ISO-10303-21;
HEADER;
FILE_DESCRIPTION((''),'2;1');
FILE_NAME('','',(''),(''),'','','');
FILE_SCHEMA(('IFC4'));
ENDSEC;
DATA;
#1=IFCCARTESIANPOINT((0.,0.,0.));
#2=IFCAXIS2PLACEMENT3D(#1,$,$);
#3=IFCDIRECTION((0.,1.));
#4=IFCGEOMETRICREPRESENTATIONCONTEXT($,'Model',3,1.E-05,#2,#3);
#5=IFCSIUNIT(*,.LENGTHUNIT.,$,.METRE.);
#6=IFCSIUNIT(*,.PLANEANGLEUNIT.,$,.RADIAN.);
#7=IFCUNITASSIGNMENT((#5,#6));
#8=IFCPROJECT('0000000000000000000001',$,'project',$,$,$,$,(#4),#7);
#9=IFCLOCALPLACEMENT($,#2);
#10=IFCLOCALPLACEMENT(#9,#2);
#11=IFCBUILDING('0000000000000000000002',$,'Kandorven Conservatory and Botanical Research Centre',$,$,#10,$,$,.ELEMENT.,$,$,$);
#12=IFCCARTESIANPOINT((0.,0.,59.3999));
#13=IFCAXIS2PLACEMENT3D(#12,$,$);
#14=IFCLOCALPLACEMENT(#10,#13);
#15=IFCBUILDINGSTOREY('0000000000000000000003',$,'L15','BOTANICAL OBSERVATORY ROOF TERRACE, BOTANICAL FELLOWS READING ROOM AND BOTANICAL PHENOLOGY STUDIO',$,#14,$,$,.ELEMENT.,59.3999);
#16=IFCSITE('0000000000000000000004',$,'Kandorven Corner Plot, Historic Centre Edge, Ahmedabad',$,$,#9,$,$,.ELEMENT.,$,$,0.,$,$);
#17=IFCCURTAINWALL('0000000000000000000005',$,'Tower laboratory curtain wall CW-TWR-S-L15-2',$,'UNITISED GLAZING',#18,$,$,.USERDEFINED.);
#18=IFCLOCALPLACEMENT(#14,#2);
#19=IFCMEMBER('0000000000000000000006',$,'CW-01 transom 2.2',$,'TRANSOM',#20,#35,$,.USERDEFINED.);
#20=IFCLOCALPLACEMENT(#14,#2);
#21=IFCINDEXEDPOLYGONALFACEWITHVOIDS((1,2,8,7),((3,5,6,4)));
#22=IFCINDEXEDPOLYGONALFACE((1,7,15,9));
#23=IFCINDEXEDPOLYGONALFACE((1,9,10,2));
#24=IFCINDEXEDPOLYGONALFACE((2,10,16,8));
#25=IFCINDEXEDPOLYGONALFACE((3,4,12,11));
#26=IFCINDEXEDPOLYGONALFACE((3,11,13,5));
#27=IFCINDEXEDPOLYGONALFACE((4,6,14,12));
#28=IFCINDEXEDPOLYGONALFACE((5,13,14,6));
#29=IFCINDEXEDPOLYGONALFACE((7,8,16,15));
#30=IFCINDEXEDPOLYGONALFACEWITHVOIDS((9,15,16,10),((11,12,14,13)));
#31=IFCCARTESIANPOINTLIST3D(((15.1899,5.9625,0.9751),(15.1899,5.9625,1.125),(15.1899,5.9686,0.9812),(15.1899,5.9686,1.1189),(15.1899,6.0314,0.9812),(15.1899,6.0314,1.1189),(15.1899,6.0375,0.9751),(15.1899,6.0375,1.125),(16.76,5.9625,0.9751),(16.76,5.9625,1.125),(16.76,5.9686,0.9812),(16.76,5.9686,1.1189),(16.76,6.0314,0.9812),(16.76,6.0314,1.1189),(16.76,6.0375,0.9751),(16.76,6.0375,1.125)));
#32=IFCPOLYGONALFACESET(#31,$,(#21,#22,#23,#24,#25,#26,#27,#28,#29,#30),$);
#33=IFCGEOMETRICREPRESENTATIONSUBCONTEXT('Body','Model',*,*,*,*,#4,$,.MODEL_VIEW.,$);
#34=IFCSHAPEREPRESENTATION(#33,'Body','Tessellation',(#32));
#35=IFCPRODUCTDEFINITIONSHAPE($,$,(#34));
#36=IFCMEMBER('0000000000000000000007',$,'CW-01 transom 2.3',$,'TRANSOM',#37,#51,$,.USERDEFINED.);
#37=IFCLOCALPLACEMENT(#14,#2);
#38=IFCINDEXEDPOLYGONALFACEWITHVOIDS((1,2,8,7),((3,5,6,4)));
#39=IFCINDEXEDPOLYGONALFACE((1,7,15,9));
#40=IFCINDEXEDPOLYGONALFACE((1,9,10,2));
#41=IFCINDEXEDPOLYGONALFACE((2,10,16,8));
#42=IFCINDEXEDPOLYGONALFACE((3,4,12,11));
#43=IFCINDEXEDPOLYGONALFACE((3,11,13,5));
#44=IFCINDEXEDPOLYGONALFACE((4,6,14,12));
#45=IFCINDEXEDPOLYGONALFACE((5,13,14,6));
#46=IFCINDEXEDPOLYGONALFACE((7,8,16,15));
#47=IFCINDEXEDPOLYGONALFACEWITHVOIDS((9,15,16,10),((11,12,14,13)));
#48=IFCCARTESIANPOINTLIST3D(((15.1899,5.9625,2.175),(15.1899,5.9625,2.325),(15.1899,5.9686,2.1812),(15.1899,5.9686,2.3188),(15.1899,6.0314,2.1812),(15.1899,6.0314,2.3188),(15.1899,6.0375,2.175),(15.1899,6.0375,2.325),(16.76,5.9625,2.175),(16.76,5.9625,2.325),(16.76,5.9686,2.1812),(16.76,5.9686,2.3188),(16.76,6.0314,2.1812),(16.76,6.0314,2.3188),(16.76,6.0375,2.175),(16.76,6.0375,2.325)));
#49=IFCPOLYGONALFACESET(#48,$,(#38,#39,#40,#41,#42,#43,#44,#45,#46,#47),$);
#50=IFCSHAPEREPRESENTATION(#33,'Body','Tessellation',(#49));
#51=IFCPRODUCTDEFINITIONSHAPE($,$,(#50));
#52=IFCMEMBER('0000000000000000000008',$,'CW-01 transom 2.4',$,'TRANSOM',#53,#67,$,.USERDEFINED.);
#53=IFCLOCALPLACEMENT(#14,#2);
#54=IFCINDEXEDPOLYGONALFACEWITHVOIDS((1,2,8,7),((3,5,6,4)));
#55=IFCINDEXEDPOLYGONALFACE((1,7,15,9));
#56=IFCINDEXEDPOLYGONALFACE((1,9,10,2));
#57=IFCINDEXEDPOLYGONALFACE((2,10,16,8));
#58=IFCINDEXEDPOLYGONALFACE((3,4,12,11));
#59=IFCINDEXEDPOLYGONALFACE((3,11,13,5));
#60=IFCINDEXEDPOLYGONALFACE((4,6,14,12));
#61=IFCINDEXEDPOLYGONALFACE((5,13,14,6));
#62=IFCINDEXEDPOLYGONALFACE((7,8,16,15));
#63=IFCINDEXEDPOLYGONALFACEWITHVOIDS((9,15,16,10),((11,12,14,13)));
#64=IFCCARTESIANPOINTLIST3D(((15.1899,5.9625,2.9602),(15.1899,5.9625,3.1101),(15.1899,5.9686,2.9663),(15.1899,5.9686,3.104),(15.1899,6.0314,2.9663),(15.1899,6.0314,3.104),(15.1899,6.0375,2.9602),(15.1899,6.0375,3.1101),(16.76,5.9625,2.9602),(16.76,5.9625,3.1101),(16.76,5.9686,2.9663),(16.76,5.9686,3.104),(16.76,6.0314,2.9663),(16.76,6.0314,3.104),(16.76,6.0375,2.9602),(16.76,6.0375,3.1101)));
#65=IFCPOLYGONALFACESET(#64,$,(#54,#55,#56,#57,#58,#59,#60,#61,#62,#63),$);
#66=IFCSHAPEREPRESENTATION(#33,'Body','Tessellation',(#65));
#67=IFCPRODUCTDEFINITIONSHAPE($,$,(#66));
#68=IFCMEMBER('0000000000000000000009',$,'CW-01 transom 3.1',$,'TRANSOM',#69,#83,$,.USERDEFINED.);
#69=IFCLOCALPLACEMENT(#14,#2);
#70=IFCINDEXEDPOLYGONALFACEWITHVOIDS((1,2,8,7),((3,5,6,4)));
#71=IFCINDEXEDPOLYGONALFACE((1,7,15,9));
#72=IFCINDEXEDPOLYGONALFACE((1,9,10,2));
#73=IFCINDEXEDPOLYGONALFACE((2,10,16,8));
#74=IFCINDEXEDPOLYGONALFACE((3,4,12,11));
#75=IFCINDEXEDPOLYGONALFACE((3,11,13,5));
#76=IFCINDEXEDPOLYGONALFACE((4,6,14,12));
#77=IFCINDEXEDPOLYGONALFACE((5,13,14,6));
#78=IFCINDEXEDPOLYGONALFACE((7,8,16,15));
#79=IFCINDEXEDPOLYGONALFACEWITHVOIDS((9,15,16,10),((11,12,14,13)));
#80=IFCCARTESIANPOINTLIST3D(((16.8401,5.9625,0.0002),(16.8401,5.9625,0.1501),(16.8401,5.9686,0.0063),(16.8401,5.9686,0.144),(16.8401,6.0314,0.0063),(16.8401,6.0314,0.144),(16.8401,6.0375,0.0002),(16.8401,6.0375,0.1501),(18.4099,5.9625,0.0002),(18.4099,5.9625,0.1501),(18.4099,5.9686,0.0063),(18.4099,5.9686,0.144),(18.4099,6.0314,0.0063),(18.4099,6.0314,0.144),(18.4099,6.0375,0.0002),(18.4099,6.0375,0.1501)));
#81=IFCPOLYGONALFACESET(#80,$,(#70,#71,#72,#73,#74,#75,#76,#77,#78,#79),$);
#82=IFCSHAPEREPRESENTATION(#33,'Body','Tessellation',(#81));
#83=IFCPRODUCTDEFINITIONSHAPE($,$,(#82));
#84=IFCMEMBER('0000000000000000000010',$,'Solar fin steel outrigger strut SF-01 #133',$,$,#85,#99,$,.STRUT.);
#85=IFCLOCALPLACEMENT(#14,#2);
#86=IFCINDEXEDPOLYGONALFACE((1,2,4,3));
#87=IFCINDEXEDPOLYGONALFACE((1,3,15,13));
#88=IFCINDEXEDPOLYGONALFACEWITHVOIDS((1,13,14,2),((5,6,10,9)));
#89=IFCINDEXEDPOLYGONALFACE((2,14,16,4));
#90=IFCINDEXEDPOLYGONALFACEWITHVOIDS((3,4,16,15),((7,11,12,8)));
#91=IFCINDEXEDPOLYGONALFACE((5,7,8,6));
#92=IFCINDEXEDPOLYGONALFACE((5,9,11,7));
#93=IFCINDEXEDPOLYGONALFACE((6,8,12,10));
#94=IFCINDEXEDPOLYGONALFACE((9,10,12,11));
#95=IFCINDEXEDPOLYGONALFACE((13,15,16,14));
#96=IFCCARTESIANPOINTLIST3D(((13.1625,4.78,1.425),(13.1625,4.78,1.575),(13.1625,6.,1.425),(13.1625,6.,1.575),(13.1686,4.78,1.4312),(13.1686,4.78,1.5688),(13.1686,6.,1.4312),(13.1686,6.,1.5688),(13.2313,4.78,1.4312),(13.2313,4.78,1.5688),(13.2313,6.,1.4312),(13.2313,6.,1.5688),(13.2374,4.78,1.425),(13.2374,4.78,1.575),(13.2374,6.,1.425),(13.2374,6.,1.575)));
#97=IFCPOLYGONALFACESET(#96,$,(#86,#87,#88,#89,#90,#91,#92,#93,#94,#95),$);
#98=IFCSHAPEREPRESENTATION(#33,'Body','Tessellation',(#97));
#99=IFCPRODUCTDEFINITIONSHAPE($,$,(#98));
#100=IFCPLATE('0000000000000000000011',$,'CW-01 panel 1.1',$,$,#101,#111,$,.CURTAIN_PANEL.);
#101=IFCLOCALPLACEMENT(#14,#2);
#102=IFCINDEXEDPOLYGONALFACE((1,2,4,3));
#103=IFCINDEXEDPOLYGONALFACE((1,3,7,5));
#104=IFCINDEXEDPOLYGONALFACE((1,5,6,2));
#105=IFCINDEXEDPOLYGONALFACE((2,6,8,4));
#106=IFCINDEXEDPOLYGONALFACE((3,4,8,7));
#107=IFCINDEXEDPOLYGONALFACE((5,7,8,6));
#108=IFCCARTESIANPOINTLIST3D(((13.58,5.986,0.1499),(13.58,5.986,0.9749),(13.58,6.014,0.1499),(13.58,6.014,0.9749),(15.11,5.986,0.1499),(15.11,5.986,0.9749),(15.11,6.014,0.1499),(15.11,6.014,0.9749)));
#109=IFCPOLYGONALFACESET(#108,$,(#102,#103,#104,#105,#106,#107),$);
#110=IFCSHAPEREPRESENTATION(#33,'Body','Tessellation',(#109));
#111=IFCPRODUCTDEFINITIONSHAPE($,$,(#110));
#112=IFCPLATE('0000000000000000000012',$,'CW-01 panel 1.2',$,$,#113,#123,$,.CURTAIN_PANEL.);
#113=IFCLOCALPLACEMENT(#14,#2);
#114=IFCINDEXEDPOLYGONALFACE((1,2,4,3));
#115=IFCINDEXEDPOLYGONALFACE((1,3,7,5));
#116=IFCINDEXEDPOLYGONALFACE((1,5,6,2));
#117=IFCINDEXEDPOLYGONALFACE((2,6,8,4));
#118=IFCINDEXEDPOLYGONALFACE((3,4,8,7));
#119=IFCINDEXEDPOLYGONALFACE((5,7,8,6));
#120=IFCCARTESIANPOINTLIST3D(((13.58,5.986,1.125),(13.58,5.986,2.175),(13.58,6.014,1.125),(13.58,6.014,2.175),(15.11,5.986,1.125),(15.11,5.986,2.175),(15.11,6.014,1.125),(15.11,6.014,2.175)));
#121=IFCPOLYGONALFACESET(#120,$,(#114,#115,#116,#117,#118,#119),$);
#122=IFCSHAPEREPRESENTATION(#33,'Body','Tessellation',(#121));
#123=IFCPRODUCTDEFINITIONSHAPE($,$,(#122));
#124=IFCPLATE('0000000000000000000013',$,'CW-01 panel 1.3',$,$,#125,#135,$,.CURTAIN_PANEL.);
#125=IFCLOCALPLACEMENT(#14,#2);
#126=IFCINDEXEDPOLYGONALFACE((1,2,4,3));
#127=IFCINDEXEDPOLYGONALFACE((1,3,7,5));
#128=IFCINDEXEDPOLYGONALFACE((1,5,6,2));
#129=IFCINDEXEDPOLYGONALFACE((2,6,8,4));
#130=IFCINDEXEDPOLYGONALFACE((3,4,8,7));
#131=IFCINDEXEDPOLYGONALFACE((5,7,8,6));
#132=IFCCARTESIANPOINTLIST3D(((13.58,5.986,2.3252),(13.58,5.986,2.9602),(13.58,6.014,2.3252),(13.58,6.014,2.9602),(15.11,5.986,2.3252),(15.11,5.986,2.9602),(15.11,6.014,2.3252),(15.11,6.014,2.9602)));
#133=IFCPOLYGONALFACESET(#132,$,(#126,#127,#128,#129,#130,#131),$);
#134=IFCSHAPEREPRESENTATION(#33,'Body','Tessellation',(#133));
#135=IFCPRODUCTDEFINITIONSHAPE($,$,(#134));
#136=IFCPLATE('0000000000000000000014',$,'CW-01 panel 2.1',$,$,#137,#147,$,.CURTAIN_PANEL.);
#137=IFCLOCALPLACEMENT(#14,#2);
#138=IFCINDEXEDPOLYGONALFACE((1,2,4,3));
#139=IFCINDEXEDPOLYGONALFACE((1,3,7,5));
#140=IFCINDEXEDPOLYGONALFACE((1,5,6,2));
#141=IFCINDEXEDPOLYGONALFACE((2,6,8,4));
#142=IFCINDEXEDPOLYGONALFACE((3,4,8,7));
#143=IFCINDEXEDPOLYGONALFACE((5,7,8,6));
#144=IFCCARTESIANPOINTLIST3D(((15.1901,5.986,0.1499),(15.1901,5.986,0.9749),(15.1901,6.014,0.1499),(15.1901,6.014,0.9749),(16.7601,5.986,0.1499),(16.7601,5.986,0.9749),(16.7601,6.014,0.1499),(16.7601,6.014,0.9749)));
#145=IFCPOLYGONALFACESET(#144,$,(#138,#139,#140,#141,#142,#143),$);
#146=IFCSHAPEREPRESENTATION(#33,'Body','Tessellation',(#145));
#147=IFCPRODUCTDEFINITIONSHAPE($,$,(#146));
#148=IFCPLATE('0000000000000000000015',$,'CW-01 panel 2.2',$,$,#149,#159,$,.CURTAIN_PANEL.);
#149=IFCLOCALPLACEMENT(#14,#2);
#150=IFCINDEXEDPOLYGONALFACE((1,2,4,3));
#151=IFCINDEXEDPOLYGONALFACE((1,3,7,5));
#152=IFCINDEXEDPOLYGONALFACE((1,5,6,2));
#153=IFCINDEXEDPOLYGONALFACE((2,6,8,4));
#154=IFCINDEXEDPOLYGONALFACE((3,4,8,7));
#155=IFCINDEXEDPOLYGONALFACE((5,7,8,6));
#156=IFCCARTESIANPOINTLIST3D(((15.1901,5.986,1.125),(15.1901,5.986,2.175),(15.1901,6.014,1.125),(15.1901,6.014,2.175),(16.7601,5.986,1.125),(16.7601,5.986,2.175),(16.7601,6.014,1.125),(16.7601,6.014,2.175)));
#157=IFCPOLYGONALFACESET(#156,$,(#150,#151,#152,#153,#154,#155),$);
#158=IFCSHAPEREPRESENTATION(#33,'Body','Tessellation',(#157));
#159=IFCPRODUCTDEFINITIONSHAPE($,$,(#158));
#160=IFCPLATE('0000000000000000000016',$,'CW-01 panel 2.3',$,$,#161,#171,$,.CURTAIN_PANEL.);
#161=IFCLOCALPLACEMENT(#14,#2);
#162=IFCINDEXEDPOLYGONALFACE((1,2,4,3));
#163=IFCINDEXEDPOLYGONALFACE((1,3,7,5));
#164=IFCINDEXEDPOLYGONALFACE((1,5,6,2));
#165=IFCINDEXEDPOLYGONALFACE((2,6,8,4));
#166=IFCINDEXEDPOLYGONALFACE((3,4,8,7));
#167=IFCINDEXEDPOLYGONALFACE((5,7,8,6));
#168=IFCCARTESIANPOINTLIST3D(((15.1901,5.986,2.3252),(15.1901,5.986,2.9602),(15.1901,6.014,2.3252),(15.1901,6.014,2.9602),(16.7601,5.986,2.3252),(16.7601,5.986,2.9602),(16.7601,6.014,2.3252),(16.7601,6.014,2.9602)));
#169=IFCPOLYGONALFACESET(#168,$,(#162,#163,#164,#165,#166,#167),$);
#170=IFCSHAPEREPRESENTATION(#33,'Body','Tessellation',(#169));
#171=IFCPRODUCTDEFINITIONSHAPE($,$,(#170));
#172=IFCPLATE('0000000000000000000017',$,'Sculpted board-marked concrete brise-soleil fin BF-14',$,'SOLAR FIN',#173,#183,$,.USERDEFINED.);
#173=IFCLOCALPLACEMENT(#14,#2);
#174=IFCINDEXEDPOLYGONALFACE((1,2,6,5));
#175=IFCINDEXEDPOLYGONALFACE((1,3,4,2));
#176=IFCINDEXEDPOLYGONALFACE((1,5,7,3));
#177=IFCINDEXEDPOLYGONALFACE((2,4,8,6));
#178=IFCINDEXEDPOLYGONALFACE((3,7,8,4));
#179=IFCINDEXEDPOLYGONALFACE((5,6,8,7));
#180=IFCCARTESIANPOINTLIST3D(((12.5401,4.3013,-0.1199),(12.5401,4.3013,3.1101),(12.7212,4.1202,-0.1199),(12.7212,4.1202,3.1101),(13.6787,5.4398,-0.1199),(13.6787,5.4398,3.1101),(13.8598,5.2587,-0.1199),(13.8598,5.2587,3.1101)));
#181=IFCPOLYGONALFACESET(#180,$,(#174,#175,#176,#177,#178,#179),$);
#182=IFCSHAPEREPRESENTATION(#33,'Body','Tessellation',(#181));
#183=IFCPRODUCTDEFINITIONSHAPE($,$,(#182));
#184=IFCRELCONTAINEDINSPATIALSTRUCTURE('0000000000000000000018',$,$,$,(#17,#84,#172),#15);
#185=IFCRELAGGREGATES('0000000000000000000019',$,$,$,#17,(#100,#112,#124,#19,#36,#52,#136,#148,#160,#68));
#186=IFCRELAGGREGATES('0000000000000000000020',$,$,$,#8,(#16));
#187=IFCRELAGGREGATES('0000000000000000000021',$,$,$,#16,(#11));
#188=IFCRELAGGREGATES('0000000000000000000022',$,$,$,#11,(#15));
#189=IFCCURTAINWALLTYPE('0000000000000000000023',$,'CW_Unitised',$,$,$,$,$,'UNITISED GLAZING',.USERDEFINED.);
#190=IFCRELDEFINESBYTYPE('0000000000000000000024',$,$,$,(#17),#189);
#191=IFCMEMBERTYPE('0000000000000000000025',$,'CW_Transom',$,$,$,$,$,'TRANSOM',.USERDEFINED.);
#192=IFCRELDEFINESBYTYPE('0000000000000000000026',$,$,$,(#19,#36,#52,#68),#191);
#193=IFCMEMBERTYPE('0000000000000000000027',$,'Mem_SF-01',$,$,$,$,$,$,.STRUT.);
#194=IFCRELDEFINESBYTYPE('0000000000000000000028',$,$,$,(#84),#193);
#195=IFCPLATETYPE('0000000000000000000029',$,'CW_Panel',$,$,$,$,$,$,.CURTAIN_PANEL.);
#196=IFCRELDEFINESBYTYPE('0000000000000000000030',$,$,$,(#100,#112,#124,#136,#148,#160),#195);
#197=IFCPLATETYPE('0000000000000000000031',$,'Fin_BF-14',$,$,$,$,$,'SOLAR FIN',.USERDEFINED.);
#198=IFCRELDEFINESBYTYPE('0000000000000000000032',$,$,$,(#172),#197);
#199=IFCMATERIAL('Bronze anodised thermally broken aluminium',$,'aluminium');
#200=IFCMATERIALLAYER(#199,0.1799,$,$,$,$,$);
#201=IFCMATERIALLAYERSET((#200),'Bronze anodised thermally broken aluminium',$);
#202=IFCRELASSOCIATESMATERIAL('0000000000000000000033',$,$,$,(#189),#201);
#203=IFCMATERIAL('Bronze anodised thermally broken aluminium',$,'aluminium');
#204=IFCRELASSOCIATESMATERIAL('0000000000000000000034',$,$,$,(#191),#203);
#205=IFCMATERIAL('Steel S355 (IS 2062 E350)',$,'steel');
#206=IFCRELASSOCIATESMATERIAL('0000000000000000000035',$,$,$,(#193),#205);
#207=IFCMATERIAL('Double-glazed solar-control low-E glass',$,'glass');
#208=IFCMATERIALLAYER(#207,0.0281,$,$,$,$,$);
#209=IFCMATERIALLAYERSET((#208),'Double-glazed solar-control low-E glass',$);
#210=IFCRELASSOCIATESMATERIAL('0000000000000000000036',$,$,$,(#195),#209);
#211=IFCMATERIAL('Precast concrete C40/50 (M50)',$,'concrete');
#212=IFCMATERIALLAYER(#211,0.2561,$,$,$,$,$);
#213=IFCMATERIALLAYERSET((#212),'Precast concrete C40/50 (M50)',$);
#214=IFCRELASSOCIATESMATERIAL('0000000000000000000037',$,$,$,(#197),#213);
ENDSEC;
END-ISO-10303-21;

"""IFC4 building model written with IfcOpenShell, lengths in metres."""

from ifc_helpers import new_model, si_unit, direction, frame, origin, origin_2d, place, context, subcontext, project, spatial, rectangle, hollow_rectangle, extrude, material, layer, layer_set, material_profile, profile_set, type_object, element, aggregate, save


model = new_model("IFC4")

# Units and contexts
model_context = context("Model", 3, precision=1e-05, world=origin(), true_north=direction((0.0, 1.0)))
body_context = subcontext(model_context, "Body", "Model", "MODEL_VIEW")
ifc_project = project(units=[si_unit("LENGTHUNIT", "METRE"), si_unit("PLANEANGLEUNIT", "RADIAN")], contexts=[model_context])

# Site, building, storey
site_placement = place(None, origin())
site = spatial("IfcSite", under=ifc_project, at=site_placement, Name="Kandorven Corner Plot, Historic Centre Edge, Ahmedabad", CompositionType="ELEMENT", RefElevation=0.0)
building_placement = place(site_placement, origin())
building = spatial("IfcBuilding", under=site, at=building_placement, Name="Kandorven Conservatory and Botanical Research Centre", CompositionType="ELEMENT")
storey_placement = place(building_placement, frame((0.0, 0.0, 59.3999)))
storey = spatial("IfcBuildingStorey", under=building, at=storey_placement, Name="L15", Description="BOTANICAL OBSERVATORY ROOF TERRACE, BOTANICAL FELLOWS READING ROOM AND BOTANICAL PHENOLOGY STUDIO", CompositionType="ELEMENT", Elevation=59.3999)

# Curtain wall, members
ifc_material_1 = material(Name="Bronze anodised thermally broken aluminium", Category="aluminium")
ifc_layer_1 = layer(ifc_material_1, 0.1799)
ifc_layer_set_1 = layer_set([ifc_layer_1], Name="Bronze anodised thermally broken aluminium")
curtain_wall_type = type_object("IfcCurtainWallType", Name="CW_Unitised", ElementType="UNITISED GLAZING", PredefinedType="USERDEFINED", material=ifc_layer_set_1)
curtain_wall_placement = place(storey_placement, origin())
curtain_wall = element("IfcCurtainWall", 1, at=curtain_wall_placement, inside=storey, type_object=curtain_wall_type, Name="Tower laboratory curtain wall CW-TWR-S-L15-2", ObjectType="UNITISED GLAZING", PredefinedType="USERDEFINED")
ifc_material_2 = material(Name="Bronze anodised thermally broken aluminium", Category="aluminium")
ifc_material_profile_1 = material_profile(ifc_material_2, hollow_rectangle(XDim=0.075, YDim=0.1499, WallThickness=0.0061, at=origin_2d()))
ifc_profile_set_1 = profile_set([ifc_material_profile_1], Name="Bronze anodised thermally broken aluminium")
member_type_1 = type_object("IfcMemberType", Name="CW_Transom", ElementType="TRANSOM", PredefinedType="USERDEFINED", material=ifc_profile_set_1)
member_1_placement = place(storey_placement, frame((15.1899, 6.0, 1.05), z_axis=(1.0, 0.0, 0.0), x_axis=(0.0, 1.0, 0.0)))
member_1 = element("IfcMember", 2, at=member_1_placement, type_object=member_type_1, Name="CW-01 transom 2.2", ObjectType="TRANSOM", PredefinedType="USERDEFINED", context=body_context, shape_type="SweptSolid", body=[
    extrude(hollow_rectangle(XDim=0.075, YDim=0.1499, WallThickness=0.0061, at=origin_2d()), origin(), (0.0, 0.0, 1.0), 1.5701),
])
member_2_placement = place(storey_placement, frame((15.1899, 6.0, 2.25), z_axis=(1.0, 0.0, 0.0), x_axis=(0.0, 1.0, 0.0)))
member_2 = element("IfcMember", 3, at=member_2_placement, type_object=member_type_1, Name="CW-01 transom 2.3", ObjectType="TRANSOM", PredefinedType="USERDEFINED", context=body_context, shape_type="SweptSolid", body=[
    extrude(hollow_rectangle(XDim=0.075, YDim=0.1499, WallThickness=0.0061, at=origin_2d()), origin(), (0.0, 0.0, 1.0), 1.5701),
])
member_3_placement = place(storey_placement, frame((15.1899, 6.0, 3.0352), z_axis=(1.0, 0.0, 0.0), x_axis=(0.0, 1.0, 0.0)))
member_3 = element("IfcMember", 4, at=member_3_placement, type_object=member_type_1, Name="CW-01 transom 2.4", ObjectType="TRANSOM", PredefinedType="USERDEFINED", context=body_context, shape_type="SweptSolid", body=[
    extrude(hollow_rectangle(XDim=0.075, YDim=0.1499, WallThickness=0.0061, at=origin_2d()), origin(), (0.0, 0.0, 1.0), 1.5701),
])
member_4_placement = place(storey_placement, frame((16.8401, 6.0, 0.0752), z_axis=(1.0, 0.0, 0.0), x_axis=(0.0, 1.0, 0.0)))
member_4 = element("IfcMember", 5, at=member_4_placement, type_object=member_type_1, Name="CW-01 transom 3.1", ObjectType="TRANSOM", PredefinedType="USERDEFINED", context=body_context, shape_type="SweptSolid", body=[
    extrude(hollow_rectangle(XDim=0.075, YDim=0.1499, WallThickness=0.0061, at=origin_2d()), origin(), (0.0, 0.0, 1.0), 1.5698),
])

# Member
ifc_material_3 = material(Name="Steel S355 (IS 2062 E350)", Category="steel")
ifc_material_profile_2 = material_profile(ifc_material_3, hollow_rectangle(XDim=0.075, YDim=0.1499, WallThickness=0.0061, at=origin_2d()))
ifc_profile_set_2 = profile_set([ifc_material_profile_2], Name="Steel S355 (IS 2062 E350)")
member_type_2 = type_object("IfcMemberType", Name="Mem_SF-01", PredefinedType="STRUT", material=ifc_profile_set_2)
member_5_placement = place(storey_placement, frame((13.2, 6.0, 1.5), z_axis=(0.0, -1.0, 0.0), x_axis=(1.0, 0.0, 0.0)))
element("IfcMember", 6, at=member_5_placement, inside=storey, type_object=member_type_2, Name="Solar fin steel outrigger strut SF-01 #133", PredefinedType="STRUT", context=body_context, shape_type="SweptSolid", body=[
    extrude(hollow_rectangle(XDim=0.075, YDim=0.1499, WallThickness=0.0061, at=origin_2d()), origin(), (0.0, 0.0, 1.0), 1.22),
])

# Plates
ifc_material_4 = material(Name="Double-glazed solar-control low-E glass", Category="glass")
ifc_layer_2 = layer(ifc_material_4, 0.0281)
ifc_layer_set_2 = layer_set([ifc_layer_2], Name="Double-glazed solar-control low-E glass")
plate_type_1 = type_object("IfcPlateType", Name="CW_Panel", PredefinedType="CURTAIN_PANEL", material=ifc_layer_set_2)
plate_1_placement = place(storey_placement, frame((14.345, 6.0, 0.1499), z_axis=(0.0, 0.0, 1.0), x_axis=(1.0, 0.0, 0.0)))
plate_1 = element("IfcPlate", 7, at=plate_1_placement, type_object=plate_type_1, Name="CW-01 panel 1.1", PredefinedType="CURTAIN_PANEL", context=body_context, shape_type="SweptSolid", body=[
    extrude(rectangle(XDim=1.53, YDim=0.0281, at=origin_2d()), origin(), (0.0, 0.0, 1.0), 0.825),
])
plate_2_placement = place(storey_placement, frame((14.345, 6.0, 1.125), z_axis=(0.0, 0.0, 1.0), x_axis=(1.0, 0.0, 0.0)))
plate_2 = element("IfcPlate", 8, at=plate_2_placement, type_object=plate_type_1, Name="CW-01 panel 1.2", PredefinedType="CURTAIN_PANEL", context=body_context, shape_type="SweptSolid", body=[
    extrude(rectangle(XDim=1.53, YDim=0.0281, at=origin_2d()), origin(), (0.0, 0.0, 1.0), 1.05),
])
plate_3_placement = place(storey_placement, frame((14.345, 6.0, 2.3252), z_axis=(0.0, 0.0, 1.0), x_axis=(1.0, 0.0, 0.0)))
plate_3 = element("IfcPlate", 9, at=plate_3_placement, type_object=plate_type_1, Name="CW-01 panel 1.3", PredefinedType="CURTAIN_PANEL", context=body_context, shape_type="SweptSolid", body=[
    extrude(rectangle(XDim=1.53, YDim=0.0281, at=origin_2d()), origin(), (0.0, 0.0, 1.0), 0.635),
])
plate_4_placement = place(storey_placement, frame((15.9751, 6.0, 0.1499), z_axis=(0.0, 0.0, 1.0), x_axis=(1.0, 0.0, 0.0)))
plate_4 = element("IfcPlate", 10, at=plate_4_placement, type_object=plate_type_1, Name="CW-01 panel 2.1", PredefinedType="CURTAIN_PANEL", context=body_context, shape_type="SweptSolid", body=[
    extrude(rectangle(XDim=1.5701, YDim=0.0281, at=origin_2d()), origin(), (0.0, 0.0, 1.0), 0.825),
])
plate_5_placement = place(storey_placement, frame((15.9751, 6.0, 1.125), z_axis=(0.0, 0.0, 1.0), x_axis=(1.0, 0.0, 0.0)))
plate_5 = element("IfcPlate", 11, at=plate_5_placement, type_object=plate_type_1, Name="CW-01 panel 2.2", PredefinedType="CURTAIN_PANEL", context=body_context, shape_type="SweptSolid", body=[
    extrude(rectangle(XDim=1.5701, YDim=0.0281, at=origin_2d()), origin(), (0.0, 0.0, 1.0), 1.05),
])
plate_6_placement = place(storey_placement, frame((15.9751, 6.0, 2.3252), z_axis=(0.0, 0.0, 1.0), x_axis=(1.0, 0.0, 0.0)))
plate_6 = element("IfcPlate", 12, at=plate_6_placement, type_object=plate_type_1, Name="CW-01 panel 2.3", PredefinedType="CURTAIN_PANEL", context=body_context, shape_type="SweptSolid", body=[
    extrude(rectangle(XDim=1.5701, YDim=0.0281, at=origin_2d()), origin(), (0.0, 0.0, 1.0), 0.635),
])
aggregate(curtain_wall, [plate_1, plate_2, plate_3, member_1, member_2, member_3, plate_4, plate_5, plate_6, member_4])

# Plate
ifc_material_5 = material(Name="Precast concrete C40/50 (M50)", Category="concrete")
ifc_layer_3 = layer(ifc_material_5, 0.2561)
ifc_layer_set_3 = layer_set([ifc_layer_3], Name="Precast concrete C40/50 (M50)")
plate_type_2 = type_object("IfcPlateType", Name="Fin_BF-14", ElementType="SOLAR FIN", PredefinedType="USERDEFINED", material=ifc_layer_set_3)
plate_7_placement = place(storey_placement, frame((13.2, 4.78, -0.1199), z_axis=(0.0, 0.0, 1.0), x_axis=(0.707107, 0.707107, 0.0)))
element("IfcPlate", 13, at=plate_7_placement, inside=storey, type_object=plate_type_2, Name="Sculpted board-marked concrete brise-soleil fin BF-14", ObjectType="SOLAR FIN", PredefinedType="USERDEFINED", context=body_context, shape_type="SweptSolid", body=[
    extrude(rectangle(XDim=1.6101, YDim=0.2561, at=origin_2d()), origin(), (0.0, 0.0, 1.0), 3.23),
])

save(model, "model.ifc")
